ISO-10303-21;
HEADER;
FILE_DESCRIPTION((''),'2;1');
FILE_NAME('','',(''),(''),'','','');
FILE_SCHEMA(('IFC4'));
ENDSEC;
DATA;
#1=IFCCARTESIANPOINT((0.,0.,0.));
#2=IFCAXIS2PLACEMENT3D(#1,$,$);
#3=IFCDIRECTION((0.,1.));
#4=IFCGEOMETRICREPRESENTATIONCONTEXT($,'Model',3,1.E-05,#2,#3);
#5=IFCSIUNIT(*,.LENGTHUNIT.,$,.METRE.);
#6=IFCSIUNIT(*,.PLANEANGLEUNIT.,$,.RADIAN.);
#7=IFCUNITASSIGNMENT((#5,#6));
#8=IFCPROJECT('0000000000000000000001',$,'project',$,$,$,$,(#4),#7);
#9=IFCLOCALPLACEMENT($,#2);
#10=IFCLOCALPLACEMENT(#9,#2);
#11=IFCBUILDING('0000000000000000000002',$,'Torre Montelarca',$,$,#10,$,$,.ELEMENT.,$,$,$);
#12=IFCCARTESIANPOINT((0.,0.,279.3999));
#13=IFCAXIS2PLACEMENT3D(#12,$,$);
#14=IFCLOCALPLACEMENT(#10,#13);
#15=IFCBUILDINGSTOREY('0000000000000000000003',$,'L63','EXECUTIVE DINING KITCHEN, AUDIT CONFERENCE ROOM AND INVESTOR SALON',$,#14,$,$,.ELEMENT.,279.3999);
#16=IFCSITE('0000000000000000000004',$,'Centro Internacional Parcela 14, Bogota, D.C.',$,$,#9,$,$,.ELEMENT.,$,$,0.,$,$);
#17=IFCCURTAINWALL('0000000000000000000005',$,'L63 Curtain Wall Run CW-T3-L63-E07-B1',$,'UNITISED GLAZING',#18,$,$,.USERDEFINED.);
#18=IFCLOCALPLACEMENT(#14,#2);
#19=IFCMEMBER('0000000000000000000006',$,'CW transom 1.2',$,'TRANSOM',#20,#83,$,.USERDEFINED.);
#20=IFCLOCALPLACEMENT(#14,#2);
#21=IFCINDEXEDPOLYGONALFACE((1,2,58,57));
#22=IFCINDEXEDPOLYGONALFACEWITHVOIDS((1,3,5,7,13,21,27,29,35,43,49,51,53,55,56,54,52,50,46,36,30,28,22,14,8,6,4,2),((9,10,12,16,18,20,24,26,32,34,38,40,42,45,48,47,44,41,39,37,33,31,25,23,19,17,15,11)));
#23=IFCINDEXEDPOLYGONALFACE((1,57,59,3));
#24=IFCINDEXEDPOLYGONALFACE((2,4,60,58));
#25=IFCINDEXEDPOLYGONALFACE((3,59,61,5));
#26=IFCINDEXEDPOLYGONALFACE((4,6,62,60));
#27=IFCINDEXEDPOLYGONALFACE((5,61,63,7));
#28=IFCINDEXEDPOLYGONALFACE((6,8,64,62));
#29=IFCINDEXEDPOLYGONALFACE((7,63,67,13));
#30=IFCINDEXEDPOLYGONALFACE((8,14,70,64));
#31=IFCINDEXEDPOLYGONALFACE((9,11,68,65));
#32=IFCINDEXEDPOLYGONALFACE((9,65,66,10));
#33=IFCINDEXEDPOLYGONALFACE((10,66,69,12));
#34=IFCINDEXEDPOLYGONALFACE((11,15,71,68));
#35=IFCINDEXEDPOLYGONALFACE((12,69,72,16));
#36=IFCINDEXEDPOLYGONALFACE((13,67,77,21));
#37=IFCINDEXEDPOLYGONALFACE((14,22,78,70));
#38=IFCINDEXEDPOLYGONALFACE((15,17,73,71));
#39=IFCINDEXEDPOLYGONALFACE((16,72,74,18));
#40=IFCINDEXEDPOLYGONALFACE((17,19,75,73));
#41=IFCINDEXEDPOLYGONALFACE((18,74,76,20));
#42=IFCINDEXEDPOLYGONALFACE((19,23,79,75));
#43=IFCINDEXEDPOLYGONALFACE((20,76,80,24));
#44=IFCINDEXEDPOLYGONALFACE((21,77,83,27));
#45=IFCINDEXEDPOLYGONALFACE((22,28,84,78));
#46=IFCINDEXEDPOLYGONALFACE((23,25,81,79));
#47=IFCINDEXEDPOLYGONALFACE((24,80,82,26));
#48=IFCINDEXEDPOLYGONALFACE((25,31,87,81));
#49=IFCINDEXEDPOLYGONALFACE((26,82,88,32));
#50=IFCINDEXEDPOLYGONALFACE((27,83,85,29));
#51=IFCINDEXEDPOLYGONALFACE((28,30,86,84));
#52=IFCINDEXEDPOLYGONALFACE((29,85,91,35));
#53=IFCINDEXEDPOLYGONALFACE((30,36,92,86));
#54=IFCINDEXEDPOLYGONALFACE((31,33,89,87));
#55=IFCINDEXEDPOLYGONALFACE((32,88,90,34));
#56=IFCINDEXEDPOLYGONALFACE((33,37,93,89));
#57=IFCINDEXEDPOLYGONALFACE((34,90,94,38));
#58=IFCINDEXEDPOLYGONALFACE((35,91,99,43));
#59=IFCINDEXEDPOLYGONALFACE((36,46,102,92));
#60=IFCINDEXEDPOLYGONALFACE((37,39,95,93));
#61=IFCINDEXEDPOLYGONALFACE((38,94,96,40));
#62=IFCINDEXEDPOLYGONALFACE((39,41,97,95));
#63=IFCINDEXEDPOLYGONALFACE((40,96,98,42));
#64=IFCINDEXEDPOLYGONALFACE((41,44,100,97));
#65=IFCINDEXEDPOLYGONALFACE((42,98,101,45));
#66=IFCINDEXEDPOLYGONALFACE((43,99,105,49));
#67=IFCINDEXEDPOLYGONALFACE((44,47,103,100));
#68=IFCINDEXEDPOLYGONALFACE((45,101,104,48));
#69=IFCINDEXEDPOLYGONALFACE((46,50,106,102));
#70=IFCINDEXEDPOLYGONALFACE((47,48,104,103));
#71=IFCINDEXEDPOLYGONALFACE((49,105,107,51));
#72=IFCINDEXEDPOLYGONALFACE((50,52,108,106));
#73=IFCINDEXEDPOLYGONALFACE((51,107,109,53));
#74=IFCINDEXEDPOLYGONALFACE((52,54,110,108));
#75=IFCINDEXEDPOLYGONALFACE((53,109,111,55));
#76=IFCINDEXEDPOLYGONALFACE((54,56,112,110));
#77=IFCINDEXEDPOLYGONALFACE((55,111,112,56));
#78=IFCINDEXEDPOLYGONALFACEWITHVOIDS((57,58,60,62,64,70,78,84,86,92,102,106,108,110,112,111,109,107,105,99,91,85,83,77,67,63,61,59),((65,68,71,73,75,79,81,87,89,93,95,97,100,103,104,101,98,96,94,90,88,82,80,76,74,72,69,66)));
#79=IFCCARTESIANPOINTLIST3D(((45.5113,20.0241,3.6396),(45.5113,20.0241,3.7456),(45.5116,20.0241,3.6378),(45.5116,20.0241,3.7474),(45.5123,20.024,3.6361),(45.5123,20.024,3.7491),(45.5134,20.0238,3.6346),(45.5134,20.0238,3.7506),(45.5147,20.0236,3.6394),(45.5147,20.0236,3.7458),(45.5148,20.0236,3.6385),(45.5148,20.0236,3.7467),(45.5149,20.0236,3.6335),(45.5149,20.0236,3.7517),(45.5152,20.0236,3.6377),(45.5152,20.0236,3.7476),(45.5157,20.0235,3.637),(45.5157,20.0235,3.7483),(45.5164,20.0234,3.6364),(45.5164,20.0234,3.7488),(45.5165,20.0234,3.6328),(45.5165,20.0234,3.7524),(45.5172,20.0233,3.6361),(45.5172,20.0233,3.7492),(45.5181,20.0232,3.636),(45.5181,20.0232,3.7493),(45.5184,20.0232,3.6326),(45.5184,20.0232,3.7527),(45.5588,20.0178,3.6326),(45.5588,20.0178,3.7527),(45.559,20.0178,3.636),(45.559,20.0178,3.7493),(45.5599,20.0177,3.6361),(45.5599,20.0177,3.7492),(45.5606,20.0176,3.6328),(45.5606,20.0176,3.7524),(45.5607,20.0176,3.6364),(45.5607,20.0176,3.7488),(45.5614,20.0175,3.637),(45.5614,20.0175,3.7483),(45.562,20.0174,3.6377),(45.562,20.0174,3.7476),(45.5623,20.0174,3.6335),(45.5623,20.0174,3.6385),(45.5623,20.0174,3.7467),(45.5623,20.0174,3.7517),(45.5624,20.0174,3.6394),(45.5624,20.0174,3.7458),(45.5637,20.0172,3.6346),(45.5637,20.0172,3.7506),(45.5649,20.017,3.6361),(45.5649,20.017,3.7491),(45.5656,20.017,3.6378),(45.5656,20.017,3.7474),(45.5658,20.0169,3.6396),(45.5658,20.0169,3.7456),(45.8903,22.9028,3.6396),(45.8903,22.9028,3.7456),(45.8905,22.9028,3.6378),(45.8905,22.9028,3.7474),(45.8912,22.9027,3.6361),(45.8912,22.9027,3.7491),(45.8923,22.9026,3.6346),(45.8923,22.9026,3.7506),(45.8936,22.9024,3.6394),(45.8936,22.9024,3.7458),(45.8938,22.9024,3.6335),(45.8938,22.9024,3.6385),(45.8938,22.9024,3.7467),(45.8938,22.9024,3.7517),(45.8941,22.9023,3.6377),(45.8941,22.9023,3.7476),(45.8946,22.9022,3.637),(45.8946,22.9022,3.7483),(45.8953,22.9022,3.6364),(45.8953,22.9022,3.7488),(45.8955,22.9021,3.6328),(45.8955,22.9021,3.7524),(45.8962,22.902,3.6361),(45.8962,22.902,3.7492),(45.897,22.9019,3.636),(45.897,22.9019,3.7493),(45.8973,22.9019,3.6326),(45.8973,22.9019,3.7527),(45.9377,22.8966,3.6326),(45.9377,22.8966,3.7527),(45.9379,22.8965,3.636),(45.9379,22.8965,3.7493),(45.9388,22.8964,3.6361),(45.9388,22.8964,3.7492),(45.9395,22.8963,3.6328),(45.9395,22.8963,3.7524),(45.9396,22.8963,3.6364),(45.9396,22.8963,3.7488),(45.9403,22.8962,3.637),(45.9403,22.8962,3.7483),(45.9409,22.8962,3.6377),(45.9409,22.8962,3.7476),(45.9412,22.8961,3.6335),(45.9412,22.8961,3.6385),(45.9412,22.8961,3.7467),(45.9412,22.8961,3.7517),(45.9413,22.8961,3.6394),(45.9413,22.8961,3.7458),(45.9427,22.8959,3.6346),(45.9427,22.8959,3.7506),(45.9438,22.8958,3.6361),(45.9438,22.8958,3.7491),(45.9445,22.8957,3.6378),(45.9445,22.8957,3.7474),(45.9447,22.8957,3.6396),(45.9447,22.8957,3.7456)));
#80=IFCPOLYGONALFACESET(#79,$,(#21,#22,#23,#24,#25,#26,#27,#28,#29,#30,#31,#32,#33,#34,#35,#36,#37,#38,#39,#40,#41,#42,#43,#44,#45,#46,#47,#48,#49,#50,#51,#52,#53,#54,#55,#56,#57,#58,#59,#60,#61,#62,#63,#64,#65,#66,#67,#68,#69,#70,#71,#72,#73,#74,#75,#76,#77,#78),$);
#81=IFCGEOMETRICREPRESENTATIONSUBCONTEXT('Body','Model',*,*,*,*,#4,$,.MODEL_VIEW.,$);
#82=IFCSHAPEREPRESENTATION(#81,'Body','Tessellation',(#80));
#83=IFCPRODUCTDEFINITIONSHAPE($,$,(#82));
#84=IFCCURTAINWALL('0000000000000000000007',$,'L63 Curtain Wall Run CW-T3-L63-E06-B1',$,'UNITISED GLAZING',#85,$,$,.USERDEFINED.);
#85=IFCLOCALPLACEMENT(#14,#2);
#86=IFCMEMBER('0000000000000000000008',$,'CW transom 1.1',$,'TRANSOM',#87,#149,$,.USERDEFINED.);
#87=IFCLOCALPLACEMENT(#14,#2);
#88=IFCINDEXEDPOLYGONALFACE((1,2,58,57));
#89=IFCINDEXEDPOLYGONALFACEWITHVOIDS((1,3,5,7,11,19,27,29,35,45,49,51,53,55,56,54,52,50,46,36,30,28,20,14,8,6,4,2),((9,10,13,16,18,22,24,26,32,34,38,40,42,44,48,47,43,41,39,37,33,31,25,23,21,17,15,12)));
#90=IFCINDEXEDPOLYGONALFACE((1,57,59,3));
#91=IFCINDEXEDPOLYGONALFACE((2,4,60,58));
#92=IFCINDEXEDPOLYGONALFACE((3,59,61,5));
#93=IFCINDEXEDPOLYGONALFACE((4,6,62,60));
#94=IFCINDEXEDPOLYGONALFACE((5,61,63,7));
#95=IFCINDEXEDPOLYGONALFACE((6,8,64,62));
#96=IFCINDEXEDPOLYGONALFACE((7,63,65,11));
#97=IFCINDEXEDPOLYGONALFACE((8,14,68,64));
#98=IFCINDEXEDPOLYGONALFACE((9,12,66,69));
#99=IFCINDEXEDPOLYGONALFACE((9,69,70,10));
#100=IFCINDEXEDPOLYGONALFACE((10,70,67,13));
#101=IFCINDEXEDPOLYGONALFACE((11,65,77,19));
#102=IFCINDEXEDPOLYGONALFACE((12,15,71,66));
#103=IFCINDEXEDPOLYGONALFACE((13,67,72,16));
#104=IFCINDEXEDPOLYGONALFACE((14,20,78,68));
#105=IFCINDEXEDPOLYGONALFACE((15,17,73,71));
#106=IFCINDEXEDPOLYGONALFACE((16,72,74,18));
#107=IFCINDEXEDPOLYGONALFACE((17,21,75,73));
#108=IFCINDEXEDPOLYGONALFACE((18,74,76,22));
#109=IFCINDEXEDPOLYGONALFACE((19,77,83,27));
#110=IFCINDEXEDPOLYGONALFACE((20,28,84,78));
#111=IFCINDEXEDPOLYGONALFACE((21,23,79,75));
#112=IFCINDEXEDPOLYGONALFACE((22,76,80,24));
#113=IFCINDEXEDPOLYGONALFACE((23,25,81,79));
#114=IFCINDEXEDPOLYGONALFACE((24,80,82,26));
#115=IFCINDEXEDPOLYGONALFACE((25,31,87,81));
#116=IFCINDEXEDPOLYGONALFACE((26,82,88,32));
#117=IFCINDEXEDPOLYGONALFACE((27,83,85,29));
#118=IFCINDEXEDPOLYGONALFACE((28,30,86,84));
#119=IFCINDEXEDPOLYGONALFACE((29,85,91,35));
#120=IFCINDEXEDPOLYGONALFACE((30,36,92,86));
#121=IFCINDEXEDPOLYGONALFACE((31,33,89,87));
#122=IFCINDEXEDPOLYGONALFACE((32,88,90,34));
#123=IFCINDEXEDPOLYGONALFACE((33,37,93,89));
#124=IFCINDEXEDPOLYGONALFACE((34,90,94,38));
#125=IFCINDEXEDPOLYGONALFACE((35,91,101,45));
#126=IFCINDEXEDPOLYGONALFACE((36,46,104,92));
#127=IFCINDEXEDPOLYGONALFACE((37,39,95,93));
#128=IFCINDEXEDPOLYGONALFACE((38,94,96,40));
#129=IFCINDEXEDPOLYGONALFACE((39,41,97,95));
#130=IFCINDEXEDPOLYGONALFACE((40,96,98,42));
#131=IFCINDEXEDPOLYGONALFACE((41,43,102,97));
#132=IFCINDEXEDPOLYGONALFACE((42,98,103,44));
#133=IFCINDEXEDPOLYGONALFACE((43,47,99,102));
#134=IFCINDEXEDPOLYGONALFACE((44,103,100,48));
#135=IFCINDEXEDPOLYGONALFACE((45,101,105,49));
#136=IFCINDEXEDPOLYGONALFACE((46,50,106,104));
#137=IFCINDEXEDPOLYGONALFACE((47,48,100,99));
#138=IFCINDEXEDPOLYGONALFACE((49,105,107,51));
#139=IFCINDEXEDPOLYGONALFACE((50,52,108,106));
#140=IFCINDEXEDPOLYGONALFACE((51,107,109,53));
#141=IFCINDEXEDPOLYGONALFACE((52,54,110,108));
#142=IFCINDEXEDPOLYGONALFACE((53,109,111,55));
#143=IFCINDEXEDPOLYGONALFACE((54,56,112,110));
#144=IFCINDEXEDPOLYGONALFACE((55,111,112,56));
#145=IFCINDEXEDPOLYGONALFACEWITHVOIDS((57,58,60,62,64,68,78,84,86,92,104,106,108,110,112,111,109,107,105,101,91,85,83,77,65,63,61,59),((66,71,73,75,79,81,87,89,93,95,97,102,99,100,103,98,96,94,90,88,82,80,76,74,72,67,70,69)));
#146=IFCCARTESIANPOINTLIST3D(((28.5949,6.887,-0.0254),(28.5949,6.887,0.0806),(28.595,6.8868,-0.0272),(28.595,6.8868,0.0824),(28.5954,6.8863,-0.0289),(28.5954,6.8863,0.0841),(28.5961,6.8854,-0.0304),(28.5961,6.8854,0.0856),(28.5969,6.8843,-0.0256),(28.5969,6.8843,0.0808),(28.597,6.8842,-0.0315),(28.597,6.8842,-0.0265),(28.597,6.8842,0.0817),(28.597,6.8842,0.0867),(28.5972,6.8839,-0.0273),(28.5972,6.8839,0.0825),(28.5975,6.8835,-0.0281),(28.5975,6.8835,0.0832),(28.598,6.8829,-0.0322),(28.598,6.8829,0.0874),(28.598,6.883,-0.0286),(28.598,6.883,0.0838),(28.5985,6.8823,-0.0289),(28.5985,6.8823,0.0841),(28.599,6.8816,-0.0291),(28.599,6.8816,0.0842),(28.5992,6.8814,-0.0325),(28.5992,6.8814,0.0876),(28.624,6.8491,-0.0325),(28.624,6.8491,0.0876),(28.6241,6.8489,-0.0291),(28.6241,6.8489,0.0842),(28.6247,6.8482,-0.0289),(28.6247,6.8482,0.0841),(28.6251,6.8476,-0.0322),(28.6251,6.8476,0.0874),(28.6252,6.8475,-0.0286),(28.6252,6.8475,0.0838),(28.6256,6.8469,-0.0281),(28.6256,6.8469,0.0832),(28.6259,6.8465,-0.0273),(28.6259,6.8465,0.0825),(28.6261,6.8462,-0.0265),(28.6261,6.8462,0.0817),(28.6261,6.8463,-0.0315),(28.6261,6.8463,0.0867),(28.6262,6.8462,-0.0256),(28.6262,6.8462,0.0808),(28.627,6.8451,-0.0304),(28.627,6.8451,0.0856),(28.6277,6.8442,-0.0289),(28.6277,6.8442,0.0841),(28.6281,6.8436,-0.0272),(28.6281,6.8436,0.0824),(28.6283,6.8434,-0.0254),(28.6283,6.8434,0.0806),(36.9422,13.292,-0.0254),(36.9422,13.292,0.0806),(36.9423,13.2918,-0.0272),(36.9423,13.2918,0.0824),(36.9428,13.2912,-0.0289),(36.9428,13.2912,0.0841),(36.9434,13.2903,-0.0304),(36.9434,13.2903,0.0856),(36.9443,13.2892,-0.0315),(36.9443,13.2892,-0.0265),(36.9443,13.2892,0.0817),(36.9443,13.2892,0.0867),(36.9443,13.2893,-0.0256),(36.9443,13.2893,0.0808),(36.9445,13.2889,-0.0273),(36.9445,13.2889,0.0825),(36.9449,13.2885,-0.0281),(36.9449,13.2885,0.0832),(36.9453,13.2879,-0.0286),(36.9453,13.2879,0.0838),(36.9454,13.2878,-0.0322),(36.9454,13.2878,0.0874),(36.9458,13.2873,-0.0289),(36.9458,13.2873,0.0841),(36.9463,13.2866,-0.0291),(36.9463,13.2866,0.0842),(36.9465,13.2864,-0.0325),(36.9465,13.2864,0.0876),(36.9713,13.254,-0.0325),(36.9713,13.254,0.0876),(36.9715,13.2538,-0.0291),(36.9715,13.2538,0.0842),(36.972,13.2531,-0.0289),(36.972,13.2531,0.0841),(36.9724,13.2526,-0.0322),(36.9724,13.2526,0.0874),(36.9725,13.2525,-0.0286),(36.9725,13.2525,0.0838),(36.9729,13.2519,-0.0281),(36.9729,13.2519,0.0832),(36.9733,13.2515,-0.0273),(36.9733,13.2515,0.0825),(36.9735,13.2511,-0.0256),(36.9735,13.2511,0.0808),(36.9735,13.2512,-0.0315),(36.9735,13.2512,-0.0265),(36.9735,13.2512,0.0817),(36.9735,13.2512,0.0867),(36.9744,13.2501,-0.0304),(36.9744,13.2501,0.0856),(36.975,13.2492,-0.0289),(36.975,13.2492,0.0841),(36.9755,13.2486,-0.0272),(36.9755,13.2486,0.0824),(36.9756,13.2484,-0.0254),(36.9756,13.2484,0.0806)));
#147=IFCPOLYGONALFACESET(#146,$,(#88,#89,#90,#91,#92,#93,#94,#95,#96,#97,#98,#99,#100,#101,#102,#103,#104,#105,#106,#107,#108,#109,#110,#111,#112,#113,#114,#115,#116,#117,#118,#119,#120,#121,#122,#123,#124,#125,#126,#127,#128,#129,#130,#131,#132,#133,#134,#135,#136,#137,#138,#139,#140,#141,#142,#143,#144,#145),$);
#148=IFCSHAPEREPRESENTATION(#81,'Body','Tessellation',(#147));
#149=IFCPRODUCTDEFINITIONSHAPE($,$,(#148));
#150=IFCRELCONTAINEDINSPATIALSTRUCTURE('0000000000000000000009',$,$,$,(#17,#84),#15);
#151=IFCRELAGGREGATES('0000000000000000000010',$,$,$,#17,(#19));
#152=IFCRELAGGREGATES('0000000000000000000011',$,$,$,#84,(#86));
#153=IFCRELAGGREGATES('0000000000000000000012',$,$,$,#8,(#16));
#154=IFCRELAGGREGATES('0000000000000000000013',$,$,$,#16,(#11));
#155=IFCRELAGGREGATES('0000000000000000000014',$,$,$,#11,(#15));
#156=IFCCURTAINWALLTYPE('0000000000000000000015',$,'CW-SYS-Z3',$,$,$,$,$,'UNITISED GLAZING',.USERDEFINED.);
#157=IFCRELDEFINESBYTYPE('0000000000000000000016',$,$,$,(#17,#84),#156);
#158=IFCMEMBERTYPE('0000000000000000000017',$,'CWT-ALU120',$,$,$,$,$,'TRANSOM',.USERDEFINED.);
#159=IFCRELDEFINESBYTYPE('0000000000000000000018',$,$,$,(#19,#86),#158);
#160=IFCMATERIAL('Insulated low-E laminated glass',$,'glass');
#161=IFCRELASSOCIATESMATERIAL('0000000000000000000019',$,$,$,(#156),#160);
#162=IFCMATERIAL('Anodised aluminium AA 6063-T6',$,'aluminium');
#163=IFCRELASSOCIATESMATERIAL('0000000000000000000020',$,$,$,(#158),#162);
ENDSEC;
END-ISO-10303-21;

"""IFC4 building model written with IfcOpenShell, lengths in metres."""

from ifc_helpers import new_model, si_unit, direction, frame, origin, origin_2d, place, context, subcontext, project, spatial, hollow_rectangle, extrude, source, transform, mapped, material, material_profile, profile_set, type_object, element, aggregate, save


model = new_model("IFC4")

# Units and contexts
model_context = context("Model", 3, precision=1e-05, world=origin(), true_north=direction((0.0, 1.0)))
body_context = subcontext(model_context, "Body", "Model", "MODEL_VIEW")
ifc_project = project(units=[si_unit("LENGTHUNIT", "METRE"), si_unit("PLANEANGLEUNIT", "RADIAN")], contexts=[model_context])

# Site, building, storey
site_placement = place(None, origin())
site = spatial("IfcSite", under=ifc_project, at=site_placement, Name="Centro Internacional Parcela 14, Bogota, D.C.", CompositionType="ELEMENT", RefElevation=0.0)
building_placement = place(site_placement, origin())
building = spatial("IfcBuilding", under=site, at=building_placement, Name="Torre Montelarca", CompositionType="ELEMENT")
storey_placement = place(building_placement, frame((0.0, 0.0, 279.3999)))
storey = spatial("IfcBuildingStorey", under=building, at=storey_placement, Name="L63", Description="EXECUTIVE DINING KITCHEN, AUDIT CONFERENCE ROOM AND INVESTOR SALON", CompositionType="ELEMENT", Elevation=279.3999)

# Curtain walls, members
ifc_material_1 = material(Name="Insulated low-E laminated glass", Category="glass")
curtain_wall_type = type_object("IfcCurtainWallType", Name="CW-SYS-Z3", ElementType="UNITISED GLAZING", PredefinedType="USERDEFINED", material=ifc_material_1)
curtain_wall_1_placement = place(storey_placement, origin())
curtain_wall_1 = element("IfcCurtainWall", 1, at=curtain_wall_1_placement, inside=storey, type_object=curtain_wall_type, Name="L63 Curtain Wall Run CW-T3-L63-E07-B1", ObjectType="UNITISED GLAZING", PredefinedType="USERDEFINED")
ifc_material_2 = material(Name="Anodised aluminium AA 6063-T6", Category="aluminium")
ifc_material_profile_1 = material_profile(ifc_material_2, hollow_rectangle(XDim=0.0549, YDim=0.1201, WallThickness=0.0034, InnerFilletRadius=0.0034, OuterFilletRadius=0.0071, at=origin_2d()), Name="ALU55X120X3.5", Category="aluminium")
ifc_profile_set_1 = profile_set([ifc_material_profile_1], Name="Anodised aluminium AA 6063-T6")
member_type_1 = type_object("IfcMemberType", Name="CWT-ALU120", ElementType="TRANSOM", PredefinedType="USERDEFINED", material=ifc_profile_set_1)
shared_shape_1 = source(origin(), body_context, "Body", "SweptSolid", [
    extrude(hollow_rectangle(XDim=0.0549, YDim=0.1201, WallThickness=0.0034, InnerFilletRadius=0.0034, OuterFilletRadius=0.0071, at=origin_2d()), origin(), (0.0, 0.0, 1.0), 2.9036),
])
member_1_placement = place(storey_placement, frame((45.5386, 20.0205, 3.6926), z_axis=(0.1305, 0.991448, 0.0), x_axis=(-0.991448, 0.1305, 0.0)))
member_1 = element("IfcMember", 2, at=member_1_placement, type_object=member_type_1, Name="CW transom 1.2", ObjectType="TRANSOM", PredefinedType="USERDEFINED", context=body_context, shape_type="MappedRepresentation", body=[
    mapped(shared_shape_1, transform((0.0, 0.0, 0.0), scale=1.0)),
])
curtain_wall_2_placement = place(storey_placement, origin())
curtain_wall_2 = element("IfcCurtainWall", 3, at=curtain_wall_2_placement, inside=storey, type_object=curtain_wall_type, Name="L63 Curtain Wall Run CW-T3-L63-E06-B1", ObjectType="UNITISED GLAZING", PredefinedType="USERDEFINED")
shared_shape_2 = source(origin(), body_context, "Body", "SweptSolid", [
    extrude(hollow_rectangle(XDim=0.0549, YDim=0.1201, WallThickness=0.0034, InnerFilletRadius=0.0034, OuterFilletRadius=0.0071, at=origin_2d()), origin(), (0.0, 0.0, 1.0), 10.5215),
])
member_2_placement = place(storey_placement, frame((28.6116, 6.8652, 0.0276), z_axis=(0.793361, 0.608752, 0.0), x_axis=(-0.608752, 0.793361, 0.0)))
member_2 = element("IfcMember", 4, at=member_2_placement, type_object=member_type_1, Name="CW transom 1.1", ObjectType="TRANSOM", PredefinedType="USERDEFINED", context=body_context, shape_type="MappedRepresentation", body=[
    mapped(shared_shape_2, transform((0.0, 0.0, 0.0), scale=1.0)),
])

aggregate(curtain_wall_1, [member_1])
aggregate(curtain_wall_2, [member_2])

save(model, "model.ifc")
